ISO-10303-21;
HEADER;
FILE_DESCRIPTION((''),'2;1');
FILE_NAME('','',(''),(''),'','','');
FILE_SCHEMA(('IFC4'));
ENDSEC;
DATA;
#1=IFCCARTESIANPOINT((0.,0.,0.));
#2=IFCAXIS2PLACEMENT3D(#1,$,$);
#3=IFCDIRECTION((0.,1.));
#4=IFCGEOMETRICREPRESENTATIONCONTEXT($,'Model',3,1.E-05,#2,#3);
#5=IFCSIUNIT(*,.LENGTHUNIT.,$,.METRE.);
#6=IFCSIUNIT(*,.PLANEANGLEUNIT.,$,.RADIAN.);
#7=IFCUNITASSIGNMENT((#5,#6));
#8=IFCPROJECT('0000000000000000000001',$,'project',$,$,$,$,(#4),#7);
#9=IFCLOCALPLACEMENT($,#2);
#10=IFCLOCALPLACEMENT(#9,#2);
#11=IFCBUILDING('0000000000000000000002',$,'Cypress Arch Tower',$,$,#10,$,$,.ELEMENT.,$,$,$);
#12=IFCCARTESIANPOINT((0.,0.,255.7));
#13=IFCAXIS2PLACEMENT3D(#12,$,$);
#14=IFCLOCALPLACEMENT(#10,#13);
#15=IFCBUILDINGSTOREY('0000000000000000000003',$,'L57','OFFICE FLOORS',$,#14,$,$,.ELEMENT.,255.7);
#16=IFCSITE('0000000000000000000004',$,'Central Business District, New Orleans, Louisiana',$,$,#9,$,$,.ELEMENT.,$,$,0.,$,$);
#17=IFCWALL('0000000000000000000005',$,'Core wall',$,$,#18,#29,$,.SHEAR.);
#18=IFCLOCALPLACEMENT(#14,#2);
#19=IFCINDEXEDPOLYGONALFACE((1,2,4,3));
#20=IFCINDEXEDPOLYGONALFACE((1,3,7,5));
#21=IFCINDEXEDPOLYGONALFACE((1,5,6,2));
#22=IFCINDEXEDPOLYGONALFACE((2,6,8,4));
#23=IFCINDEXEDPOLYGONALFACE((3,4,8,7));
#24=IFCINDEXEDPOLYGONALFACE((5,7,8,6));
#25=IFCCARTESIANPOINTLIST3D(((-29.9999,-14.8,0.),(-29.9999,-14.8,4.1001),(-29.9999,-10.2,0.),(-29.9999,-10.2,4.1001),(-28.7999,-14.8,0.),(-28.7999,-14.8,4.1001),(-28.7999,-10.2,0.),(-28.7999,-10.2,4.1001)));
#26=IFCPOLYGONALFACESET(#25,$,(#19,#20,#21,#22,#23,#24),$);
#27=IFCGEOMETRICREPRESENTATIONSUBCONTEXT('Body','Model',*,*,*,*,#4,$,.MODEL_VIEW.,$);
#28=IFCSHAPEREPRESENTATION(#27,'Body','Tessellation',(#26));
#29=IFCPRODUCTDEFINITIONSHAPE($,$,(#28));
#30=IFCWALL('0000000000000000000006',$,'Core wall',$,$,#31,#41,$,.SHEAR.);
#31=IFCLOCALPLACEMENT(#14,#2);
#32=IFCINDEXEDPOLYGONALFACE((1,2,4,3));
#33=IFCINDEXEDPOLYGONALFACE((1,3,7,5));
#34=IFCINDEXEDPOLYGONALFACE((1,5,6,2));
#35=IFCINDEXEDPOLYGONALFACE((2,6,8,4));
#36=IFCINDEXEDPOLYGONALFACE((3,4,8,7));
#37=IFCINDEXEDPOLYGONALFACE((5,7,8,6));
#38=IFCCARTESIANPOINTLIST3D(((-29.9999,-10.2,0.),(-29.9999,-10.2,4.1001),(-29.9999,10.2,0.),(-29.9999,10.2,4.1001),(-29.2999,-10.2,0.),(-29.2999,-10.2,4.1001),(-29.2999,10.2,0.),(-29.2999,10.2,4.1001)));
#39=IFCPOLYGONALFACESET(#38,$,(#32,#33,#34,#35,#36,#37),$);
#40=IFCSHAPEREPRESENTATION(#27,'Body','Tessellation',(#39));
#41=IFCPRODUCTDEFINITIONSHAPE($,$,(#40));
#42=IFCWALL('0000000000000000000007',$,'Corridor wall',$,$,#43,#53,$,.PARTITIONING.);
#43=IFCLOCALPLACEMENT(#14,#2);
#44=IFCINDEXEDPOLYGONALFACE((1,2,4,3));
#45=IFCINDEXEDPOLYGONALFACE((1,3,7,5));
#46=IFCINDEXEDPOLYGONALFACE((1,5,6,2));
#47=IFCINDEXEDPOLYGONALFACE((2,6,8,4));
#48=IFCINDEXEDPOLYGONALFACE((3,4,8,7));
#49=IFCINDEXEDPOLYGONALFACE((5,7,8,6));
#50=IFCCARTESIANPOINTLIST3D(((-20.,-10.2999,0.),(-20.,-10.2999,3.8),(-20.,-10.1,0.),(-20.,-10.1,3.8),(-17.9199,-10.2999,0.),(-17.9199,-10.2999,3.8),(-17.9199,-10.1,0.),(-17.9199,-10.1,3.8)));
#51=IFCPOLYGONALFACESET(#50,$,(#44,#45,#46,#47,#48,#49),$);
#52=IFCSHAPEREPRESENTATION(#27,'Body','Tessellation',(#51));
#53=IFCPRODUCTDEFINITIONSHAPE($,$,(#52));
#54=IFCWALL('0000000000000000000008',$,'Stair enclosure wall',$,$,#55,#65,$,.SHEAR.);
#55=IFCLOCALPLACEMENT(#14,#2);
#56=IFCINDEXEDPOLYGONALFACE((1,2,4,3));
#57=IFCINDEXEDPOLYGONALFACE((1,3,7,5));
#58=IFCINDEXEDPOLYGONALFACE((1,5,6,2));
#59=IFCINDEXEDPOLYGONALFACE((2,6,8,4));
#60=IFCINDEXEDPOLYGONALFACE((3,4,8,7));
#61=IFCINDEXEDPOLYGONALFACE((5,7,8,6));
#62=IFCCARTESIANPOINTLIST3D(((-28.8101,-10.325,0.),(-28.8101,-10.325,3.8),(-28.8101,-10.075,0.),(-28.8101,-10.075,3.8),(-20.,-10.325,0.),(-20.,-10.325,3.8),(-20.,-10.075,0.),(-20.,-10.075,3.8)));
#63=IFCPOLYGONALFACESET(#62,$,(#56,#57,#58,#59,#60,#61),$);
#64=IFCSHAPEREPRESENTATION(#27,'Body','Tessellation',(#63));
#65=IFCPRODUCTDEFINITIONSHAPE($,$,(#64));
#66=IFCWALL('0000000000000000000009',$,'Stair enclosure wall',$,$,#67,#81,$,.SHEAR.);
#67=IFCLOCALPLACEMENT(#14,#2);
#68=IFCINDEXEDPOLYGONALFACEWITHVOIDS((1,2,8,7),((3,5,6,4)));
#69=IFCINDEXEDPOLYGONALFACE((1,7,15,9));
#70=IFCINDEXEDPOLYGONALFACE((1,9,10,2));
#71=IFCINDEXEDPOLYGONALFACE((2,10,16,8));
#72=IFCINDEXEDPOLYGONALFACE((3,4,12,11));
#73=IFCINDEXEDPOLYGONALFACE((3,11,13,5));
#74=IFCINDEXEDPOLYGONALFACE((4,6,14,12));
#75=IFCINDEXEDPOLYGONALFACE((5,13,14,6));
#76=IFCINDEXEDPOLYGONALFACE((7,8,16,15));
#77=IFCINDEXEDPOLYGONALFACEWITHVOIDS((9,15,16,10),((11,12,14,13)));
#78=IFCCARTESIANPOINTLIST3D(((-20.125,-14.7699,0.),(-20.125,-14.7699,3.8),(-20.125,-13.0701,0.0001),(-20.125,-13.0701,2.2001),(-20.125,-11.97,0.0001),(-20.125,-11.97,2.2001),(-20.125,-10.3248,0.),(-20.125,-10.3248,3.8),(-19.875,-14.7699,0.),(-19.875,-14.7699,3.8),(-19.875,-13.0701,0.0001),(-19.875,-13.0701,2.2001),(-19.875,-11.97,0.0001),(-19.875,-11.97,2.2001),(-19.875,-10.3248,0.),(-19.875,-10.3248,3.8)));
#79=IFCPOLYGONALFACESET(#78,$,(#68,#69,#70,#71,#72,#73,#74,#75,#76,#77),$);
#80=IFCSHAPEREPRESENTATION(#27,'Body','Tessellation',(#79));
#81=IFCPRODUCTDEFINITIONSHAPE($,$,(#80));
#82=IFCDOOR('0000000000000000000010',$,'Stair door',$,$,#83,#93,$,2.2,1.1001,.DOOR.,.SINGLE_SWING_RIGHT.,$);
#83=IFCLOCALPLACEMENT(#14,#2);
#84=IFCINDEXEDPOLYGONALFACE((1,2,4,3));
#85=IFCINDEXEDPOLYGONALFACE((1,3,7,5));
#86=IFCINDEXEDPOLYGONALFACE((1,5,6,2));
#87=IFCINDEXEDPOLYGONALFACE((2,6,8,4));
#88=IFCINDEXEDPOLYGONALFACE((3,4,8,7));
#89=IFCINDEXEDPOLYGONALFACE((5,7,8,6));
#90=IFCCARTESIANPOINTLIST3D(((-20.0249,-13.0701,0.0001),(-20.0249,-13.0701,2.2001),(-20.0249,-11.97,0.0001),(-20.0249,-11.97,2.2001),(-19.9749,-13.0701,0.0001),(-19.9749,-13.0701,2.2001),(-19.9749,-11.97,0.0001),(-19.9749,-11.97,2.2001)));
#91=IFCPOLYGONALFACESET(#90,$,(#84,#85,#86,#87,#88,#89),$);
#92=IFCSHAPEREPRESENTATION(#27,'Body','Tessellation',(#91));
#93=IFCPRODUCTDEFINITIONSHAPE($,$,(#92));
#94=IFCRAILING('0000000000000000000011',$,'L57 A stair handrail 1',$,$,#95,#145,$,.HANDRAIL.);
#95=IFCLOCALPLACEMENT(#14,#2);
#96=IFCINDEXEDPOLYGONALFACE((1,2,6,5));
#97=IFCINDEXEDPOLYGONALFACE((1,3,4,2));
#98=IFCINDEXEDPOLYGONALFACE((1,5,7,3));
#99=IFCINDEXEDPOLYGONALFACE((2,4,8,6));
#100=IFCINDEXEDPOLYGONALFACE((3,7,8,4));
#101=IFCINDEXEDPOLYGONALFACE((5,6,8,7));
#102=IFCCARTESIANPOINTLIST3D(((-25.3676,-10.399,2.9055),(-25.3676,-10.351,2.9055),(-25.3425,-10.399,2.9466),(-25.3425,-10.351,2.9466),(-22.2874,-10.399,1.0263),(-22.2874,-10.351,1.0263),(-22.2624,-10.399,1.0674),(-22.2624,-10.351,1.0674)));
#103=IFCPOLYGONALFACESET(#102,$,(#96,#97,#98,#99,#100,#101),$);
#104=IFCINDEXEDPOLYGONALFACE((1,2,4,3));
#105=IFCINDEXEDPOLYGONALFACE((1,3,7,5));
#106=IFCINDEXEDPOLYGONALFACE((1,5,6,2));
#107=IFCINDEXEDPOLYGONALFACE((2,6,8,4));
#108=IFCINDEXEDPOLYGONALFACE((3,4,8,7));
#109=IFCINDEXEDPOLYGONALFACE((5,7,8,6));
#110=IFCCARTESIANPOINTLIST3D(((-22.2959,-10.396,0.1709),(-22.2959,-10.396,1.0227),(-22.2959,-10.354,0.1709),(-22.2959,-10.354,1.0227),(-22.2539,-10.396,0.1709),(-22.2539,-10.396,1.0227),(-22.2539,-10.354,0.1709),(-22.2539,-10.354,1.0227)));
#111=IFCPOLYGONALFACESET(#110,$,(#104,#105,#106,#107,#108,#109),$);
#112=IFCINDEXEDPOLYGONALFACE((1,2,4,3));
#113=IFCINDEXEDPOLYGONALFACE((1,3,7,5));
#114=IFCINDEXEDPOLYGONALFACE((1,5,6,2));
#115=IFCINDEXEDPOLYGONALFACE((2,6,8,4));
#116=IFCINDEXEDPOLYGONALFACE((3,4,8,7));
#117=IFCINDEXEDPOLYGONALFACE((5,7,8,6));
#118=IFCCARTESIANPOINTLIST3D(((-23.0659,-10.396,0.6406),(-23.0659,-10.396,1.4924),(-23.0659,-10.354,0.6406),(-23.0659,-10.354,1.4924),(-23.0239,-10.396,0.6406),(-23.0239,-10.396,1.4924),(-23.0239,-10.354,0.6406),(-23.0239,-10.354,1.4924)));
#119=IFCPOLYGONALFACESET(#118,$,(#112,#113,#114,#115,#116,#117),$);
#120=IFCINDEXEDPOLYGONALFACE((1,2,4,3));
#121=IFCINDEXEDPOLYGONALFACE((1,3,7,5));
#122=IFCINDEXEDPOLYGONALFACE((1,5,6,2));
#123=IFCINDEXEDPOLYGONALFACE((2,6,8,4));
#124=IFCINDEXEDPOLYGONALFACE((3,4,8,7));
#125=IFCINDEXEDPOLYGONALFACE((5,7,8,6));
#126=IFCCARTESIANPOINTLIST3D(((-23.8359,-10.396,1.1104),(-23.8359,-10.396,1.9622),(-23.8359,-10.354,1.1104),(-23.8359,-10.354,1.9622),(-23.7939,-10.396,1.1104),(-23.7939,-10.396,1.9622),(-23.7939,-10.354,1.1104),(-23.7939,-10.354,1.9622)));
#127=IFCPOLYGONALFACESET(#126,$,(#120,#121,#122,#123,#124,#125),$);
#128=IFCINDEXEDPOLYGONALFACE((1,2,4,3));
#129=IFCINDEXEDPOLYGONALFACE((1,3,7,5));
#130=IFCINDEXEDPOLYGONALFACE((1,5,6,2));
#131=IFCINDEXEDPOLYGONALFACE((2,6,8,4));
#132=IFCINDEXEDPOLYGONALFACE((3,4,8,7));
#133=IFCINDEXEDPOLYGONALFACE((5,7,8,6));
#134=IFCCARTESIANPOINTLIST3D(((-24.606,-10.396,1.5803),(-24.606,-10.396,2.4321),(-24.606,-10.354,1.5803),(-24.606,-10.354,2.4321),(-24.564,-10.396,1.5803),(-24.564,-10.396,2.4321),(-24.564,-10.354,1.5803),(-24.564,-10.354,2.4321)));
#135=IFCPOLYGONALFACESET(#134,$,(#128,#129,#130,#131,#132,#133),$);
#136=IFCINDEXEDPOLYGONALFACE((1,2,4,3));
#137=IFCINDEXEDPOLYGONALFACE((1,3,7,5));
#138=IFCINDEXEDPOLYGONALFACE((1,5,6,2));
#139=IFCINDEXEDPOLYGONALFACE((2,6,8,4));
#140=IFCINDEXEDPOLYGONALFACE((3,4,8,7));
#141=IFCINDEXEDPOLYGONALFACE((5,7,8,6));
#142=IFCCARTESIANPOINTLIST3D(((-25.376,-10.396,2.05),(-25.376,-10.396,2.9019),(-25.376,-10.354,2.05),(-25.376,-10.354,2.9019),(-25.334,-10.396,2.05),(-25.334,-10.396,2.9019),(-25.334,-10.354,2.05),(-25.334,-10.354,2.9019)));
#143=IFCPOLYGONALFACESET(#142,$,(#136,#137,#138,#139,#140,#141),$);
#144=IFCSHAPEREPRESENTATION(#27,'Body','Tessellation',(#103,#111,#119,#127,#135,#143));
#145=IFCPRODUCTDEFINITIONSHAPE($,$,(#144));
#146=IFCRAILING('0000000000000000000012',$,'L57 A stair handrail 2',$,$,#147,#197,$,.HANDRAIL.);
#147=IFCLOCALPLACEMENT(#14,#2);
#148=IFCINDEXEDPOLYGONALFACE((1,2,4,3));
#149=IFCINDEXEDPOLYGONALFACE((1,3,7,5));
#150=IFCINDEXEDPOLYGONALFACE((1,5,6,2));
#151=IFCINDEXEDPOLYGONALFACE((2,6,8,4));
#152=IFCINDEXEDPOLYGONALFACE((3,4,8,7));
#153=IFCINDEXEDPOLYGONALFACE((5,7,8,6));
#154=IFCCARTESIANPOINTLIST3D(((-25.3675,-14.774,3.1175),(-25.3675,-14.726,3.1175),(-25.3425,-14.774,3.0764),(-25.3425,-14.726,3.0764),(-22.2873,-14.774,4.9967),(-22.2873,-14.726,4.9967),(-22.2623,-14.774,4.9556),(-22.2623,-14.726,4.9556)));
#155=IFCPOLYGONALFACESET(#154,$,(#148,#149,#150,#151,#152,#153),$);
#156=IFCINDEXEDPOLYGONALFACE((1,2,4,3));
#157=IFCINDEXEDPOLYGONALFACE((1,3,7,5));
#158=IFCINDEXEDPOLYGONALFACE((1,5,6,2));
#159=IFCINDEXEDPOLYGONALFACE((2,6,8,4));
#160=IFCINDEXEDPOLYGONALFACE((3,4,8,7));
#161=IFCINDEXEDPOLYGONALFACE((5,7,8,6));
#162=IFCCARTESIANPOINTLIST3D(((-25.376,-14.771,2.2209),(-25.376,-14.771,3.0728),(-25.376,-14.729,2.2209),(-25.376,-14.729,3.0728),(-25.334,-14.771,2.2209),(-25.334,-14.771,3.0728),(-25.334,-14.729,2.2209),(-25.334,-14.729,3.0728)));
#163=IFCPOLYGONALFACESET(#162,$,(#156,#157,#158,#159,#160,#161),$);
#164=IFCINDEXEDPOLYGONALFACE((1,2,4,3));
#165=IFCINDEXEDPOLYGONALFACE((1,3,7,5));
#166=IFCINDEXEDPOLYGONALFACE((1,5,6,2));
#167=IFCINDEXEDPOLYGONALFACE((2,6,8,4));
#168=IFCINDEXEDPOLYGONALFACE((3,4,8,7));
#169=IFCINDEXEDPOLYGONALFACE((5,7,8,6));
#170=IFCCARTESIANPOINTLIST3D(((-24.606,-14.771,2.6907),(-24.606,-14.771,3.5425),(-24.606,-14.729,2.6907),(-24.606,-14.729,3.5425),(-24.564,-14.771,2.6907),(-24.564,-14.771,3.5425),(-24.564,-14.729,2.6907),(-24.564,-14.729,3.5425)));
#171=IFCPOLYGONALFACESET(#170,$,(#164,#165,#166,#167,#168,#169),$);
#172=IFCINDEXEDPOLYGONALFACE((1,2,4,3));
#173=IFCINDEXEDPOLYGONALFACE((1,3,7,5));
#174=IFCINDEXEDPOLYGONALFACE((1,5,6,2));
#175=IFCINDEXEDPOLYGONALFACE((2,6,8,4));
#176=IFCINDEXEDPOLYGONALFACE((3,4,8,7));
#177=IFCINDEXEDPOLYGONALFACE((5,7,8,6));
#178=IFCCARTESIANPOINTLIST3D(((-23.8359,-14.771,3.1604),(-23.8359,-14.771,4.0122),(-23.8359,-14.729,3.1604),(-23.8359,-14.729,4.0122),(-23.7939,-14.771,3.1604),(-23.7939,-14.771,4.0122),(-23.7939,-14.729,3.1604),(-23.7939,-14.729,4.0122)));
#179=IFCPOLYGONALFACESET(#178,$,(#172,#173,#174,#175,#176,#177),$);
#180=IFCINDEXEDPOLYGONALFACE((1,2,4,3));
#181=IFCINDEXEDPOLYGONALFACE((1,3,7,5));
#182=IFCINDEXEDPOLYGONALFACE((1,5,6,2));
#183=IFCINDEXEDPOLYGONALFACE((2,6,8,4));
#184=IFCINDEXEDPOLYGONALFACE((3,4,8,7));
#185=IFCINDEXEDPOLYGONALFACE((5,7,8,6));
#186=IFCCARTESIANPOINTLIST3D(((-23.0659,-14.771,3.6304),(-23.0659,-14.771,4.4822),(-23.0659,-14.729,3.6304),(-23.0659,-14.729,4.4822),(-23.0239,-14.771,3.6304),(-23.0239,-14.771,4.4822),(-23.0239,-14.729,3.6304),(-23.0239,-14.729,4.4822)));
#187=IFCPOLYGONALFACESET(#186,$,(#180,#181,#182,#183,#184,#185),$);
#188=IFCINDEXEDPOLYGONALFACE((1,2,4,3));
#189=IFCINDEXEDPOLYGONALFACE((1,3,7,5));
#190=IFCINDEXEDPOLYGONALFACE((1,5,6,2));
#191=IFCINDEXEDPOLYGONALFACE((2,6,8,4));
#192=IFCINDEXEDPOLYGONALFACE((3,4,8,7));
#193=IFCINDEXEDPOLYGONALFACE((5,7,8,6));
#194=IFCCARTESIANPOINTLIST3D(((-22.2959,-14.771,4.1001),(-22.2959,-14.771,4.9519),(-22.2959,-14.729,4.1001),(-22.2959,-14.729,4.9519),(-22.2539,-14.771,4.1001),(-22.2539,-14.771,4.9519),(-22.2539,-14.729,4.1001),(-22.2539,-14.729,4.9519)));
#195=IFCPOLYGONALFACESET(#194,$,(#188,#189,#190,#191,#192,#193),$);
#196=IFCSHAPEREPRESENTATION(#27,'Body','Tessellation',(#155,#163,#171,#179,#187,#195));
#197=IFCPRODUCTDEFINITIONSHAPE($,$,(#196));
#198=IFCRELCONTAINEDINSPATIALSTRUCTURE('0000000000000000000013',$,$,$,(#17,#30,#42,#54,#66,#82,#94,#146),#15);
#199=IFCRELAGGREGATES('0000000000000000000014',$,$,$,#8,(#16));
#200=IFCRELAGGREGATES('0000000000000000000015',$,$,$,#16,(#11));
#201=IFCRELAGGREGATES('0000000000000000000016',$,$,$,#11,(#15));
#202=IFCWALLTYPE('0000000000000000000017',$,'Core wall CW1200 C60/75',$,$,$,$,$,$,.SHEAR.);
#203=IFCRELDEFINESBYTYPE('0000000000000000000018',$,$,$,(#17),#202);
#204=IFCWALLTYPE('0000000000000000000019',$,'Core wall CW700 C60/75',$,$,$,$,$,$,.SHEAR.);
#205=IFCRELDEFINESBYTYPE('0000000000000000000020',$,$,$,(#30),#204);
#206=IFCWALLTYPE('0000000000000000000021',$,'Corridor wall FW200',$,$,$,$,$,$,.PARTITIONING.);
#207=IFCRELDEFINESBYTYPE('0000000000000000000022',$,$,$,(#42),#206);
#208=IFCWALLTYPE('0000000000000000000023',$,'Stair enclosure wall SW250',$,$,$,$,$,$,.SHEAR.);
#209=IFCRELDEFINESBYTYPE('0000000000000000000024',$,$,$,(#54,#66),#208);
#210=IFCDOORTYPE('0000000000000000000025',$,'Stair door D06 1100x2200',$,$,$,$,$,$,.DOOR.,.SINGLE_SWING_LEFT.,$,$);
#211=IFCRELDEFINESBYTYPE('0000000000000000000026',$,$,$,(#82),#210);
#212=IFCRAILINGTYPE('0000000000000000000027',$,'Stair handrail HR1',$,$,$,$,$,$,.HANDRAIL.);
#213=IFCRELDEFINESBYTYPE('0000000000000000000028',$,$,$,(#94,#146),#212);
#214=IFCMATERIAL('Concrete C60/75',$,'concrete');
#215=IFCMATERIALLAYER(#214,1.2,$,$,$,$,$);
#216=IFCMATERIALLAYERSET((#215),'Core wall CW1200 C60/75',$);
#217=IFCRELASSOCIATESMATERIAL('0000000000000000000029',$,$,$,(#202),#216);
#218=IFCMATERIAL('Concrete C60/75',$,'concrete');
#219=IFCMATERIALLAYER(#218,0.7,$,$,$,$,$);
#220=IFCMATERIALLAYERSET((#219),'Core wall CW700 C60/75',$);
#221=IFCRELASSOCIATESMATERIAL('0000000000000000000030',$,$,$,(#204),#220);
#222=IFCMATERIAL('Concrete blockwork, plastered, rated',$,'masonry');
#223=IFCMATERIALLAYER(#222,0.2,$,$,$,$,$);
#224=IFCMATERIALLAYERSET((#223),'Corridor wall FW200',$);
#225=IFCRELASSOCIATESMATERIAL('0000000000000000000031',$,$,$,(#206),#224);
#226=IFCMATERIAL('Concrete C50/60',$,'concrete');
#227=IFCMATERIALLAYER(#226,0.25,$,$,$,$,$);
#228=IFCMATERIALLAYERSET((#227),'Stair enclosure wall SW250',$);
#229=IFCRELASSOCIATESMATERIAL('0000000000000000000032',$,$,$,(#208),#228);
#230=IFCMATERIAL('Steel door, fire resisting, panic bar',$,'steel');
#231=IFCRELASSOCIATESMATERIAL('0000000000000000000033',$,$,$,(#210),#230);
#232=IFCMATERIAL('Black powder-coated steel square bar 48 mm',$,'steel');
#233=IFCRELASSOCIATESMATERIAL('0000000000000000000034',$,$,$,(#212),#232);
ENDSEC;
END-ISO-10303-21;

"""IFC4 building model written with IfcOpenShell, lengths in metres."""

from ifc_helpers import new_model, si_unit, direction, frame, frame_2d, origin, origin_2d, place, context, subcontext, project, spatial, rectangle, extrude, material, layer, layer_set, type_object, element, fill, save


model = new_model("IFC4")

# Units and contexts
model_context = context("Model", 3, precision=1e-05, world=origin(), true_north=direction((0.0, 1.0)))
body_context = subcontext(model_context, "Body", "Model", "MODEL_VIEW")
ifc_project = project(units=[si_unit("LENGTHUNIT", "METRE"), si_unit("PLANEANGLEUNIT", "RADIAN")], contexts=[model_context])

# Site, building, storey
site_placement = place(None, origin())
site = spatial("IfcSite", under=ifc_project, at=site_placement, Name="Central Business District, New Orleans, Louisiana", CompositionType="ELEMENT", RefElevation=0.0)
building_placement = place(site_placement, origin())
building = spatial("IfcBuilding", under=site, at=building_placement, Name="Cypress Arch Tower", CompositionType="ELEMENT")
storey_placement = place(building_placement, frame((0.0, 0.0, 255.7)))
storey = spatial("IfcBuildingStorey", under=building, at=storey_placement, Name="L57", Description="OFFICE FLOORS", CompositionType="ELEMENT", Elevation=255.7)

# Walls
ifc_material_1 = material(Name="Concrete C60/75", Category="concrete")
ifc_layer_1 = layer(ifc_material_1, 1.2)
ifc_layer_set_1 = layer_set([ifc_layer_1], Name="Core wall CW1200 C60/75")
wall_type_1 = type_object("IfcWallType", Name="Core wall CW1200 C60/75", PredefinedType="SHEAR", material=ifc_layer_set_1)
wall_1_placement = place(storey_placement, frame((-29.3999, -14.8, 0.0), z_axis=(0.0, 0.0, 1.0), x_axis=(0.0, 1.0, 0.0)))
element("IfcWall", 1, at=wall_1_placement, inside=storey, type_object=wall_type_1, Name="Core wall", PredefinedType="SHEAR", context=body_context, shape_type="SweptSolid", body=[
    extrude(rectangle(XDim=4.6001, YDim=1.2, at=frame_2d((2.3, 0.0))), origin(), (0.0, 0.0, 1.0), 4.1001),
])
ifc_material_2 = material(Name="Concrete C60/75", Category="concrete")
ifc_layer_2 = layer(ifc_material_2, 0.7)
ifc_layer_set_2 = layer_set([ifc_layer_2], Name="Core wall CW700 C60/75")
wall_type_2 = type_object("IfcWallType", Name="Core wall CW700 C60/75", PredefinedType="SHEAR", material=ifc_layer_set_2)
wall_2_placement = place(storey_placement, frame((-29.6499, -10.2, 0.0), z_axis=(0.0, 0.0, 1.0), x_axis=(0.0, 1.0, 0.0)))
element("IfcWall", 2, at=wall_2_placement, inside=storey, type_object=wall_type_2, Name="Core wall", PredefinedType="SHEAR", context=body_context, shape_type="SweptSolid", body=[
    extrude(rectangle(XDim=20.3999, YDim=0.7, at=frame_2d((10.2, 0.0))), origin(), (0.0, 0.0, 1.0), 4.1001),
])
ifc_material_3 = material(Name="Concrete blockwork, plastered, rated", Category="masonry")
ifc_layer_3 = layer(ifc_material_3, 0.2)
ifc_layer_set_3 = layer_set([ifc_layer_3], Name="Corridor wall FW200")
wall_type_3 = type_object("IfcWallType", Name="Corridor wall FW200", PredefinedType="PARTITIONING", material=ifc_layer_set_3)
wall_3_placement = place(storey_placement, frame((-20.0, -10.2, 0.0), z_axis=(0.0, 0.0, 1.0), x_axis=(1.0, 0.0, 0.0)))
element("IfcWall", 3, at=wall_3_placement, inside=storey, type_object=wall_type_3, Name="Corridor wall", PredefinedType="PARTITIONING", context=body_context, shape_type="SweptSolid", body=[
    extrude(rectangle(XDim=2.0801, YDim=0.2, at=frame_2d((1.04, 0.0))), origin(), (0.0, 0.0, 1.0), 3.8),
])
ifc_material_4 = material(Name="Concrete C50/60", Category="concrete")
ifc_layer_4 = layer(ifc_material_4, 0.25)
ifc_layer_set_4 = layer_set([ifc_layer_4], Name="Stair enclosure wall SW250")
wall_type_4 = type_object("IfcWallType", Name="Stair enclosure wall SW250", PredefinedType="SHEAR", material=ifc_layer_set_4)
wall_4_placement = place(storey_placement, frame((-28.8101, -10.2, 0.0), z_axis=(0.0, 0.0, 1.0), x_axis=(1.0, 0.0, 0.0)))
element("IfcWall", 4, at=wall_4_placement, inside=storey, type_object=wall_type_4, Name="Stair enclosure wall", PredefinedType="SHEAR", context=body_context, shape_type="SweptSolid", body=[
    extrude(rectangle(XDim=8.8101, YDim=0.25, at=frame_2d((4.405, 0.0))), origin(), (0.0, 0.0, 1.0), 3.8),
])

# Wall, opening, door
wall_5_placement = place(storey_placement, frame((-20.0, -14.77, 0.0), z_axis=(0.0, 0.0, 1.0), x_axis=(0.0, 1.0, 0.0)))
wall_5 = element("IfcWall", 5, at=wall_5_placement, inside=storey, type_object=wall_type_4, Name="Stair enclosure wall", PredefinedType="SHEAR", context=body_context, shape_type="SweptSolid", body=[
    extrude(rectangle(XDim=4.4451, YDim=0.25, at=frame_2d((2.2227, 0.0))), origin(), (0.0, 0.0, 1.0), 3.8),
])
opening_1_placement = place(wall_5_placement, frame((1.7, 0.0, 0.0)))
opening_1 = element("IfcOpeningElement", 6, at=opening_1_placement, cuts=wall_5, PredefinedType="OPENING", context=body_context, shape_type="SweptSolid", body=[
    extrude(rectangle(XDim=1.1001, YDim=2.2, at=frame_2d((0.55, 1.1001))), frame((0.0, 0.135, 0.0), z_axis=(0.0, -1.0, 0.0), x_axis=(1.0, 0.0, 0.0)), (0.0, 0.0, 1.0), 0.27),
])
ifc_material_5 = material(Name="Steel door, fire resisting, panic bar", Category="steel")
door_type = type_object("IfcDoorType", Name="Stair door D06 1100x2200", OperationType="SINGLE_SWING_LEFT", PredefinedType="DOOR", material=ifc_material_5)
door_placement = place(opening_1_placement, origin())
door = element("IfcDoor", 7, at=door_placement, inside=storey, type_object=door_type, Name="Stair door", OperationType="SINGLE_SWING_RIGHT", OverallHeight=2.2, OverallWidth=1.1001, PredefinedType="DOOR", context=body_context, shape_type="SweptSolid", body=[
    extrude(rectangle(XDim=1.1001, YDim=2.2, at=frame_2d((0.55, 1.1001))), frame((0.0, 0.0249, 0.0), z_axis=(0.0, -1.0, 0.0), x_axis=(1.0, 0.0, 0.0)), (0.0, 0.0, 1.0), 0.05),
])
fill(opening_1, door)

# Railings
ifc_material_6 = material(Name="Black powder-coated steel square bar 48 mm", Category="steel")
railing_type_1 = type_object("IfcRailingType", Name="Stair handrail HR1", PredefinedType="HANDRAIL", material=ifc_material_6)
railing_1_placement = place(storey_placement, frame((-22.2749, -10.375, 0.1709)))
element("IfcRailing", 8, at=railing_1_placement, inside=storey, type_object=railing_type_1, Name="L57 A stair handrail 1", PredefinedType="HANDRAIL", context=body_context, shape_type="SweptSolid", body=[
    extrude(rectangle(XDim=0.0481, YDim=0.0481, at=origin_2d()), frame((0.0, 0.0, 0.876), z_axis=(-0.853666, 0.0, 0.52082), x_axis=(0.0, -1.0, 0.0)), (0.0, 0.0, 1.0), 3.6082),
    extrude(rectangle(XDim=0.042, YDim=0.042, at=origin_2d()), origin(), (0.0, 0.0, 1.0), 0.8518),
    extrude(rectangle(XDim=0.042, YDim=0.042, at=origin_2d()), frame((-0.77, 0.0, 0.4697)), (0.0, 0.0, 1.0), 0.8518),
    extrude(rectangle(XDim=0.042, YDim=0.042, at=origin_2d()), frame((-1.54, 0.0, 0.9395)), (0.0, 0.0, 1.0), 0.8518),
    extrude(rectangle(XDim=0.042, YDim=0.042, at=origin_2d()), frame((-2.3101, 0.0, 1.4094)), (0.0, 0.0, 1.0), 0.8518),
    extrude(rectangle(XDim=0.042, YDim=0.042, at=origin_2d()), frame((-3.0801, 0.0, 1.8792)), (0.0, 0.0, 1.0), 0.8518),
])
railing_2_placement = place(storey_placement, frame((-25.355, -14.75, 2.2209)))
element("IfcRailing", 9, at=railing_2_placement, inside=storey, type_object=railing_type_1, Name="L57 A stair handrail 2", PredefinedType="HANDRAIL", context=body_context, shape_type="SweptSolid", body=[
    extrude(rectangle(XDim=0.0481, YDim=0.0481, at=origin_2d()), frame((0.0, 0.0, 0.876), z_axis=(0.853666, 0.0, 0.52082), x_axis=(0.0, 1.0, 0.0)), (0.0, 0.0, 1.0), 3.6082),
    extrude(rectangle(XDim=0.042, YDim=0.042, at=origin_2d()), origin(), (0.0, 0.0, 1.0), 0.8518),
    extrude(rectangle(XDim=0.042, YDim=0.042, at=origin_2d()), frame((0.77, 0.0, 0.4697)), (0.0, 0.0, 1.0), 0.8518),
    extrude(rectangle(XDim=0.042, YDim=0.042, at=origin_2d()), frame((1.54, 0.0, 0.9395)), (0.0, 0.0, 1.0), 0.8518),
    extrude(rectangle(XDim=0.042, YDim=0.042, at=origin_2d()), frame((2.3101, 0.0, 1.4094)), (0.0, 0.0, 1.0), 0.8518),
    extrude(rectangle(XDim=0.042, YDim=0.042, at=origin_2d()), frame((3.0801, 0.0, 1.8792)), (0.0, 0.0, 1.0), 0.8518),
])

save(model, "model.ifc")
